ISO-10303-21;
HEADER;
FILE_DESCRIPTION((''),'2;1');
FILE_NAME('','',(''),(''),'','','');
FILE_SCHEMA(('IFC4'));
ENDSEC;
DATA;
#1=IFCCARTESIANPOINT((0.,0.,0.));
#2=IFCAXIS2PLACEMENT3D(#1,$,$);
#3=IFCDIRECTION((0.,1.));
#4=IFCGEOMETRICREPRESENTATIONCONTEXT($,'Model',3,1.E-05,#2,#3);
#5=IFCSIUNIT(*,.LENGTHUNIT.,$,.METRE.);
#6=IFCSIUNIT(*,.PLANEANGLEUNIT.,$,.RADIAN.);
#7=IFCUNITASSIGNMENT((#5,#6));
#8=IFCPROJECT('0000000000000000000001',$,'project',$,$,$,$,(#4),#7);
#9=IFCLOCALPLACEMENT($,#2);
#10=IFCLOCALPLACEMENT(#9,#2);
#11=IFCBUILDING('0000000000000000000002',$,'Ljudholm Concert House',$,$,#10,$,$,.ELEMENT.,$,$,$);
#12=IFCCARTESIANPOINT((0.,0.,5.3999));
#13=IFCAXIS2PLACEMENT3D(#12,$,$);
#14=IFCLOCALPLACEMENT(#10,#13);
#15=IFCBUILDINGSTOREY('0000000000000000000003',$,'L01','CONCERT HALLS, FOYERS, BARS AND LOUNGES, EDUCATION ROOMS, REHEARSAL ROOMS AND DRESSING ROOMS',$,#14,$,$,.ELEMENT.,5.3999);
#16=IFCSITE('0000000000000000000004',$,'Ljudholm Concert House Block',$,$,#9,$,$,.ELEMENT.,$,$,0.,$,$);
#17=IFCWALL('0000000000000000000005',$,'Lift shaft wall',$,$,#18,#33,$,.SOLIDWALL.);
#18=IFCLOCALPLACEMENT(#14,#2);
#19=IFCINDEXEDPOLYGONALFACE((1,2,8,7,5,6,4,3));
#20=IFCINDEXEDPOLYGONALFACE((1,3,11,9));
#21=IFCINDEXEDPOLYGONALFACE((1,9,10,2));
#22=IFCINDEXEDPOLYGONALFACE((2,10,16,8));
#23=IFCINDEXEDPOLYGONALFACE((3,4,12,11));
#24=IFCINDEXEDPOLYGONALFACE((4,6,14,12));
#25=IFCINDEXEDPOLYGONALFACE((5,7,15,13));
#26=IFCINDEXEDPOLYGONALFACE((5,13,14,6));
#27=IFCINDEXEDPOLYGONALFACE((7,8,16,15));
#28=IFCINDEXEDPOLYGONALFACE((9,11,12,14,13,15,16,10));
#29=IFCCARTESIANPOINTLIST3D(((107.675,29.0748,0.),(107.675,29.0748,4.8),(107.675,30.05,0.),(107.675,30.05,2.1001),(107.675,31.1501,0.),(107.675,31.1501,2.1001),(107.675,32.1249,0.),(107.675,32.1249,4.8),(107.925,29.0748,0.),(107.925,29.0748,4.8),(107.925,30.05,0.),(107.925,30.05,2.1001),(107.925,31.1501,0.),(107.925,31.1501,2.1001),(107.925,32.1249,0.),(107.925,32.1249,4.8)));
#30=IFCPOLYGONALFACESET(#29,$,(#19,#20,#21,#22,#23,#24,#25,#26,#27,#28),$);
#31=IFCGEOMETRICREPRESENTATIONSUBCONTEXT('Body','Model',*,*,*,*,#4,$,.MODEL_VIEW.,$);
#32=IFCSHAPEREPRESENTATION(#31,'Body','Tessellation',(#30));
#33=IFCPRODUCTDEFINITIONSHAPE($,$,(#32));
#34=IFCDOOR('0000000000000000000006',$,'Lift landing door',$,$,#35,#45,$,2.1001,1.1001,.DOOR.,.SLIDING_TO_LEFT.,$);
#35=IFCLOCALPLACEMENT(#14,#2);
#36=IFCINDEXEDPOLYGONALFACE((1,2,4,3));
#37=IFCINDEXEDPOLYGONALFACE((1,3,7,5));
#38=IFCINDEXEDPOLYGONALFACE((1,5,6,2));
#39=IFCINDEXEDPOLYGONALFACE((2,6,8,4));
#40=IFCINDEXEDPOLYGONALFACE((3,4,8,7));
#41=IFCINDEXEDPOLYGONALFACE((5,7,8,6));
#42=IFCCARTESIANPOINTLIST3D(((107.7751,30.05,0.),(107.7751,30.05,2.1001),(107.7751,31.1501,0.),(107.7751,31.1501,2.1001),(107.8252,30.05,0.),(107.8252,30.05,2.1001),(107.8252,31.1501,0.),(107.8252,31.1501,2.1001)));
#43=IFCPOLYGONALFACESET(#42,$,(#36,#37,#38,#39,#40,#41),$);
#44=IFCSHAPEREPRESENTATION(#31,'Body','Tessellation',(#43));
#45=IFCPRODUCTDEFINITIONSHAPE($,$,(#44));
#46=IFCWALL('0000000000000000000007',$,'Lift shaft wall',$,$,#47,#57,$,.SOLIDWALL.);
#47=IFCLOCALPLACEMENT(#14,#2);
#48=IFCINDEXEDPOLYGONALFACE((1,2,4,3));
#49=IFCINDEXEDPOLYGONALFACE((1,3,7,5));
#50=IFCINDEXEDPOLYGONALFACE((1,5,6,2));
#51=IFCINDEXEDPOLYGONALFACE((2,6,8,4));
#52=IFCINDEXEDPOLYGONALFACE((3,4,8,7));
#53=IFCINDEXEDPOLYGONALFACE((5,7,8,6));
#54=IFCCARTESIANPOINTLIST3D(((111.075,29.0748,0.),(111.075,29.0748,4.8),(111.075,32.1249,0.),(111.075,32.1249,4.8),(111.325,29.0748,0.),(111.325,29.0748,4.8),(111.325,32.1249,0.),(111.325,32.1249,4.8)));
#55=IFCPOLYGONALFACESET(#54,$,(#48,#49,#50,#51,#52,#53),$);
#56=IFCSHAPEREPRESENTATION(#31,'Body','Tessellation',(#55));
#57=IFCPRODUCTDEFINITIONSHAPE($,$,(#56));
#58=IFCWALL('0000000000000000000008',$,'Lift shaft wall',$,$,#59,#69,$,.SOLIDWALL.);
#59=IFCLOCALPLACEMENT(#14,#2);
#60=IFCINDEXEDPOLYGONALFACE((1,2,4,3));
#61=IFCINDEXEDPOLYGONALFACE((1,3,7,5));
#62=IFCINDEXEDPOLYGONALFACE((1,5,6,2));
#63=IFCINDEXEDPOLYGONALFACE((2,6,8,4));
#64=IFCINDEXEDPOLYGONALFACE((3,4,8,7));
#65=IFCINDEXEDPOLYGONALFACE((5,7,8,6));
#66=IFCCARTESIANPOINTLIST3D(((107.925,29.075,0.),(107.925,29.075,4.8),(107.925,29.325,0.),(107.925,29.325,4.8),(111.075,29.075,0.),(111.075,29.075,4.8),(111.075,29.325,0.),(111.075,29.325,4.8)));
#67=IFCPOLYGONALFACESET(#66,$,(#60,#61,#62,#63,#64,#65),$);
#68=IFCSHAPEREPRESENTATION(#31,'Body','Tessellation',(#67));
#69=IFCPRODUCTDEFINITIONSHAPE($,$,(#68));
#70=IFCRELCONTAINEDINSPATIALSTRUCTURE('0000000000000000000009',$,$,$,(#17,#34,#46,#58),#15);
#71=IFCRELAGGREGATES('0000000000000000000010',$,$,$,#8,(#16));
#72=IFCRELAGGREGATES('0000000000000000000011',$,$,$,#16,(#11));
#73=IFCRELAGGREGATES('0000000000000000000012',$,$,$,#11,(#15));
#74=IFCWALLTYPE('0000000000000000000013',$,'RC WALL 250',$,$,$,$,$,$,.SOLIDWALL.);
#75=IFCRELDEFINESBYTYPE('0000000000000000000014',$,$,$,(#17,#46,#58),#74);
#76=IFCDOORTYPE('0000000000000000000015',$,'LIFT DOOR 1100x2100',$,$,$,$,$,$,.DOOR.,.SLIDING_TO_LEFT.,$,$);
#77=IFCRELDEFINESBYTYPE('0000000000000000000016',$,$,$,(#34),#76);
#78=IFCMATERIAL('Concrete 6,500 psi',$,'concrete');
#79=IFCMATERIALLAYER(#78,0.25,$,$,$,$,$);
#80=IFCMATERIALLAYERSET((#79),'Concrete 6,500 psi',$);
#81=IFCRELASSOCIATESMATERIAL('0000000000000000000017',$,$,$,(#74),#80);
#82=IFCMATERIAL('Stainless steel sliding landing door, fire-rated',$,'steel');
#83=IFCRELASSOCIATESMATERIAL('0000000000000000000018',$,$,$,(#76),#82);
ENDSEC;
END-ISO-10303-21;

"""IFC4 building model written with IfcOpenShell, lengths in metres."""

from ifc_helpers import new_model, si_unit, direction, frame, frame_2d, origin, place, context, subcontext, project, spatial, rectangle, extrude, material, layer, layer_set, type_object, element, fill, save


model = new_model("IFC4")

# Units and contexts
model_context = context("Model", 3, precision=1e-05, world=origin(), true_north=direction((0.0, 1.0)))
body_context = subcontext(model_context, "Body", "Model", "MODEL_VIEW")
ifc_project = project(units=[si_unit("LENGTHUNIT", "METRE"), si_unit("PLANEANGLEUNIT", "RADIAN")], contexts=[model_context])

# Site, building, storey
site_placement = place(None, origin())
site = spatial("IfcSite", under=ifc_project, at=site_placement, Name="Ljudholm Concert House Block", CompositionType="ELEMENT", RefElevation=0.0)
building_placement = place(site_placement, origin())
building = spatial("IfcBuilding", under=site, at=building_placement, Name="Ljudholm Concert House", CompositionType="ELEMENT")
storey_placement = place(building_placement, frame((0.0, 0.0, 5.3999)))
storey = spatial("IfcBuildingStorey", under=building, at=storey_placement, Name="L01", Description="CONCERT HALLS, FOYERS, BARS AND LOUNGES, EDUCATION ROOMS, REHEARSAL ROOMS AND DRESSING ROOMS", CompositionType="ELEMENT", Elevation=5.3999)

# Wall, opening, door
ifc_material_1 = material(Name="Concrete 6,500 psi", Category="concrete")
ifc_layer_1 = layer(ifc_material_1, 0.25)
ifc_layer_set_1 = layer_set([ifc_layer_1], Name="Concrete 6,500 psi")
wall_type_1 = type_object("IfcWallType", Name="RC WALL 250", PredefinedType="SOLIDWALL", material=ifc_layer_set_1)
wall_1_placement = place(storey_placement, frame((107.8, 29.075, 0.0), z_axis=(0.0, 0.0, 1.0), x_axis=(0.0, 1.0, 0.0)))
wall_1 = element("IfcWall", 1, at=wall_1_placement, inside=storey, type_object=wall_type_1, Name="Lift shaft wall", PredefinedType="SOLIDWALL", context=body_context, shape_type="SweptSolid", body=[
    extrude(rectangle(XDim=3.05, YDim=0.25, at=frame_2d((1.5249, 0.0))), origin(), (0.0, 0.0, 1.0), 4.8),
])
opening_1_placement = place(wall_1_placement, frame((0.9751, 0.0, 0.0)))
opening_1 = element("IfcOpeningElement", 2, at=opening_1_placement, cuts=wall_1, PredefinedType="OPENING", context=body_context, shape_type="SweptSolid", body=[
    extrude(rectangle(XDim=1.1001, YDim=2.1001, at=frame_2d((0.55, 1.05))), frame((0.0, 0.135, 0.0), z_axis=(0.0, -1.0, 0.0), x_axis=(1.0, 0.0, 0.0)), (0.0, 0.0, 1.0), 0.27),
])
ifc_material_2 = material(Name="Stainless steel sliding landing door, fire-rated", Category="steel")
door_type_1 = type_object("IfcDoorType", Name="LIFT DOOR 1100x2100", OperationType="SLIDING_TO_LEFT", PredefinedType="DOOR", material=ifc_material_2)
door_1_placement = place(opening_1_placement, origin())
door_1 = element("IfcDoor", 3, at=door_1_placement, inside=storey, type_object=door_type_1, Name="Lift landing door", OperationType="SLIDING_TO_LEFT", OverallHeight=2.1001, OverallWidth=1.1001, PredefinedType="DOOR", context=body_context, shape_type="SweptSolid", body=[
    extrude(rectangle(XDim=1.1001, YDim=2.1001, at=frame_2d((0.55, 1.05))), frame((0.0, 0.0249, 0.0), z_axis=(0.0, -1.0, 0.0), x_axis=(1.0, 0.0, 0.0)), (0.0, 0.0, 1.0), 0.05),
])
fill(opening_1, door_1)

# Walls
wall_2_placement = place(storey_placement, frame((111.2, 29.075, 0.0), z_axis=(0.0, 0.0, 1.0), x_axis=(0.0, 1.0, 0.0)))
element("IfcWall", 4, at=wall_2_placement, inside=storey, type_object=wall_type_1, Name="Lift shaft wall", PredefinedType="SOLIDWALL", context=body_context, shape_type="SweptSolid", body=[
    extrude(rectangle(XDim=3.05, YDim=0.25, at=frame_2d((1.5249, 0.0))), origin(), (0.0, 0.0, 1.0), 4.8),
])
wall_3_placement = place(storey_placement, frame((107.925, 29.2, 0.0), z_axis=(0.0, 0.0, 1.0), x_axis=(1.0, 0.0, 0.0)))
element("IfcWall", 5, at=wall_3_placement, inside=storey, type_object=wall_type_1, Name="Lift shaft wall", PredefinedType="SOLIDWALL", context=body_context, shape_type="SweptSolid", body=[
    extrude(rectangle(XDim=3.1499, YDim=0.25, at=frame_2d((1.575, 0.0))), origin(), (0.0, 0.0, 1.0), 4.8),
])

save(model, "model.ifc")
